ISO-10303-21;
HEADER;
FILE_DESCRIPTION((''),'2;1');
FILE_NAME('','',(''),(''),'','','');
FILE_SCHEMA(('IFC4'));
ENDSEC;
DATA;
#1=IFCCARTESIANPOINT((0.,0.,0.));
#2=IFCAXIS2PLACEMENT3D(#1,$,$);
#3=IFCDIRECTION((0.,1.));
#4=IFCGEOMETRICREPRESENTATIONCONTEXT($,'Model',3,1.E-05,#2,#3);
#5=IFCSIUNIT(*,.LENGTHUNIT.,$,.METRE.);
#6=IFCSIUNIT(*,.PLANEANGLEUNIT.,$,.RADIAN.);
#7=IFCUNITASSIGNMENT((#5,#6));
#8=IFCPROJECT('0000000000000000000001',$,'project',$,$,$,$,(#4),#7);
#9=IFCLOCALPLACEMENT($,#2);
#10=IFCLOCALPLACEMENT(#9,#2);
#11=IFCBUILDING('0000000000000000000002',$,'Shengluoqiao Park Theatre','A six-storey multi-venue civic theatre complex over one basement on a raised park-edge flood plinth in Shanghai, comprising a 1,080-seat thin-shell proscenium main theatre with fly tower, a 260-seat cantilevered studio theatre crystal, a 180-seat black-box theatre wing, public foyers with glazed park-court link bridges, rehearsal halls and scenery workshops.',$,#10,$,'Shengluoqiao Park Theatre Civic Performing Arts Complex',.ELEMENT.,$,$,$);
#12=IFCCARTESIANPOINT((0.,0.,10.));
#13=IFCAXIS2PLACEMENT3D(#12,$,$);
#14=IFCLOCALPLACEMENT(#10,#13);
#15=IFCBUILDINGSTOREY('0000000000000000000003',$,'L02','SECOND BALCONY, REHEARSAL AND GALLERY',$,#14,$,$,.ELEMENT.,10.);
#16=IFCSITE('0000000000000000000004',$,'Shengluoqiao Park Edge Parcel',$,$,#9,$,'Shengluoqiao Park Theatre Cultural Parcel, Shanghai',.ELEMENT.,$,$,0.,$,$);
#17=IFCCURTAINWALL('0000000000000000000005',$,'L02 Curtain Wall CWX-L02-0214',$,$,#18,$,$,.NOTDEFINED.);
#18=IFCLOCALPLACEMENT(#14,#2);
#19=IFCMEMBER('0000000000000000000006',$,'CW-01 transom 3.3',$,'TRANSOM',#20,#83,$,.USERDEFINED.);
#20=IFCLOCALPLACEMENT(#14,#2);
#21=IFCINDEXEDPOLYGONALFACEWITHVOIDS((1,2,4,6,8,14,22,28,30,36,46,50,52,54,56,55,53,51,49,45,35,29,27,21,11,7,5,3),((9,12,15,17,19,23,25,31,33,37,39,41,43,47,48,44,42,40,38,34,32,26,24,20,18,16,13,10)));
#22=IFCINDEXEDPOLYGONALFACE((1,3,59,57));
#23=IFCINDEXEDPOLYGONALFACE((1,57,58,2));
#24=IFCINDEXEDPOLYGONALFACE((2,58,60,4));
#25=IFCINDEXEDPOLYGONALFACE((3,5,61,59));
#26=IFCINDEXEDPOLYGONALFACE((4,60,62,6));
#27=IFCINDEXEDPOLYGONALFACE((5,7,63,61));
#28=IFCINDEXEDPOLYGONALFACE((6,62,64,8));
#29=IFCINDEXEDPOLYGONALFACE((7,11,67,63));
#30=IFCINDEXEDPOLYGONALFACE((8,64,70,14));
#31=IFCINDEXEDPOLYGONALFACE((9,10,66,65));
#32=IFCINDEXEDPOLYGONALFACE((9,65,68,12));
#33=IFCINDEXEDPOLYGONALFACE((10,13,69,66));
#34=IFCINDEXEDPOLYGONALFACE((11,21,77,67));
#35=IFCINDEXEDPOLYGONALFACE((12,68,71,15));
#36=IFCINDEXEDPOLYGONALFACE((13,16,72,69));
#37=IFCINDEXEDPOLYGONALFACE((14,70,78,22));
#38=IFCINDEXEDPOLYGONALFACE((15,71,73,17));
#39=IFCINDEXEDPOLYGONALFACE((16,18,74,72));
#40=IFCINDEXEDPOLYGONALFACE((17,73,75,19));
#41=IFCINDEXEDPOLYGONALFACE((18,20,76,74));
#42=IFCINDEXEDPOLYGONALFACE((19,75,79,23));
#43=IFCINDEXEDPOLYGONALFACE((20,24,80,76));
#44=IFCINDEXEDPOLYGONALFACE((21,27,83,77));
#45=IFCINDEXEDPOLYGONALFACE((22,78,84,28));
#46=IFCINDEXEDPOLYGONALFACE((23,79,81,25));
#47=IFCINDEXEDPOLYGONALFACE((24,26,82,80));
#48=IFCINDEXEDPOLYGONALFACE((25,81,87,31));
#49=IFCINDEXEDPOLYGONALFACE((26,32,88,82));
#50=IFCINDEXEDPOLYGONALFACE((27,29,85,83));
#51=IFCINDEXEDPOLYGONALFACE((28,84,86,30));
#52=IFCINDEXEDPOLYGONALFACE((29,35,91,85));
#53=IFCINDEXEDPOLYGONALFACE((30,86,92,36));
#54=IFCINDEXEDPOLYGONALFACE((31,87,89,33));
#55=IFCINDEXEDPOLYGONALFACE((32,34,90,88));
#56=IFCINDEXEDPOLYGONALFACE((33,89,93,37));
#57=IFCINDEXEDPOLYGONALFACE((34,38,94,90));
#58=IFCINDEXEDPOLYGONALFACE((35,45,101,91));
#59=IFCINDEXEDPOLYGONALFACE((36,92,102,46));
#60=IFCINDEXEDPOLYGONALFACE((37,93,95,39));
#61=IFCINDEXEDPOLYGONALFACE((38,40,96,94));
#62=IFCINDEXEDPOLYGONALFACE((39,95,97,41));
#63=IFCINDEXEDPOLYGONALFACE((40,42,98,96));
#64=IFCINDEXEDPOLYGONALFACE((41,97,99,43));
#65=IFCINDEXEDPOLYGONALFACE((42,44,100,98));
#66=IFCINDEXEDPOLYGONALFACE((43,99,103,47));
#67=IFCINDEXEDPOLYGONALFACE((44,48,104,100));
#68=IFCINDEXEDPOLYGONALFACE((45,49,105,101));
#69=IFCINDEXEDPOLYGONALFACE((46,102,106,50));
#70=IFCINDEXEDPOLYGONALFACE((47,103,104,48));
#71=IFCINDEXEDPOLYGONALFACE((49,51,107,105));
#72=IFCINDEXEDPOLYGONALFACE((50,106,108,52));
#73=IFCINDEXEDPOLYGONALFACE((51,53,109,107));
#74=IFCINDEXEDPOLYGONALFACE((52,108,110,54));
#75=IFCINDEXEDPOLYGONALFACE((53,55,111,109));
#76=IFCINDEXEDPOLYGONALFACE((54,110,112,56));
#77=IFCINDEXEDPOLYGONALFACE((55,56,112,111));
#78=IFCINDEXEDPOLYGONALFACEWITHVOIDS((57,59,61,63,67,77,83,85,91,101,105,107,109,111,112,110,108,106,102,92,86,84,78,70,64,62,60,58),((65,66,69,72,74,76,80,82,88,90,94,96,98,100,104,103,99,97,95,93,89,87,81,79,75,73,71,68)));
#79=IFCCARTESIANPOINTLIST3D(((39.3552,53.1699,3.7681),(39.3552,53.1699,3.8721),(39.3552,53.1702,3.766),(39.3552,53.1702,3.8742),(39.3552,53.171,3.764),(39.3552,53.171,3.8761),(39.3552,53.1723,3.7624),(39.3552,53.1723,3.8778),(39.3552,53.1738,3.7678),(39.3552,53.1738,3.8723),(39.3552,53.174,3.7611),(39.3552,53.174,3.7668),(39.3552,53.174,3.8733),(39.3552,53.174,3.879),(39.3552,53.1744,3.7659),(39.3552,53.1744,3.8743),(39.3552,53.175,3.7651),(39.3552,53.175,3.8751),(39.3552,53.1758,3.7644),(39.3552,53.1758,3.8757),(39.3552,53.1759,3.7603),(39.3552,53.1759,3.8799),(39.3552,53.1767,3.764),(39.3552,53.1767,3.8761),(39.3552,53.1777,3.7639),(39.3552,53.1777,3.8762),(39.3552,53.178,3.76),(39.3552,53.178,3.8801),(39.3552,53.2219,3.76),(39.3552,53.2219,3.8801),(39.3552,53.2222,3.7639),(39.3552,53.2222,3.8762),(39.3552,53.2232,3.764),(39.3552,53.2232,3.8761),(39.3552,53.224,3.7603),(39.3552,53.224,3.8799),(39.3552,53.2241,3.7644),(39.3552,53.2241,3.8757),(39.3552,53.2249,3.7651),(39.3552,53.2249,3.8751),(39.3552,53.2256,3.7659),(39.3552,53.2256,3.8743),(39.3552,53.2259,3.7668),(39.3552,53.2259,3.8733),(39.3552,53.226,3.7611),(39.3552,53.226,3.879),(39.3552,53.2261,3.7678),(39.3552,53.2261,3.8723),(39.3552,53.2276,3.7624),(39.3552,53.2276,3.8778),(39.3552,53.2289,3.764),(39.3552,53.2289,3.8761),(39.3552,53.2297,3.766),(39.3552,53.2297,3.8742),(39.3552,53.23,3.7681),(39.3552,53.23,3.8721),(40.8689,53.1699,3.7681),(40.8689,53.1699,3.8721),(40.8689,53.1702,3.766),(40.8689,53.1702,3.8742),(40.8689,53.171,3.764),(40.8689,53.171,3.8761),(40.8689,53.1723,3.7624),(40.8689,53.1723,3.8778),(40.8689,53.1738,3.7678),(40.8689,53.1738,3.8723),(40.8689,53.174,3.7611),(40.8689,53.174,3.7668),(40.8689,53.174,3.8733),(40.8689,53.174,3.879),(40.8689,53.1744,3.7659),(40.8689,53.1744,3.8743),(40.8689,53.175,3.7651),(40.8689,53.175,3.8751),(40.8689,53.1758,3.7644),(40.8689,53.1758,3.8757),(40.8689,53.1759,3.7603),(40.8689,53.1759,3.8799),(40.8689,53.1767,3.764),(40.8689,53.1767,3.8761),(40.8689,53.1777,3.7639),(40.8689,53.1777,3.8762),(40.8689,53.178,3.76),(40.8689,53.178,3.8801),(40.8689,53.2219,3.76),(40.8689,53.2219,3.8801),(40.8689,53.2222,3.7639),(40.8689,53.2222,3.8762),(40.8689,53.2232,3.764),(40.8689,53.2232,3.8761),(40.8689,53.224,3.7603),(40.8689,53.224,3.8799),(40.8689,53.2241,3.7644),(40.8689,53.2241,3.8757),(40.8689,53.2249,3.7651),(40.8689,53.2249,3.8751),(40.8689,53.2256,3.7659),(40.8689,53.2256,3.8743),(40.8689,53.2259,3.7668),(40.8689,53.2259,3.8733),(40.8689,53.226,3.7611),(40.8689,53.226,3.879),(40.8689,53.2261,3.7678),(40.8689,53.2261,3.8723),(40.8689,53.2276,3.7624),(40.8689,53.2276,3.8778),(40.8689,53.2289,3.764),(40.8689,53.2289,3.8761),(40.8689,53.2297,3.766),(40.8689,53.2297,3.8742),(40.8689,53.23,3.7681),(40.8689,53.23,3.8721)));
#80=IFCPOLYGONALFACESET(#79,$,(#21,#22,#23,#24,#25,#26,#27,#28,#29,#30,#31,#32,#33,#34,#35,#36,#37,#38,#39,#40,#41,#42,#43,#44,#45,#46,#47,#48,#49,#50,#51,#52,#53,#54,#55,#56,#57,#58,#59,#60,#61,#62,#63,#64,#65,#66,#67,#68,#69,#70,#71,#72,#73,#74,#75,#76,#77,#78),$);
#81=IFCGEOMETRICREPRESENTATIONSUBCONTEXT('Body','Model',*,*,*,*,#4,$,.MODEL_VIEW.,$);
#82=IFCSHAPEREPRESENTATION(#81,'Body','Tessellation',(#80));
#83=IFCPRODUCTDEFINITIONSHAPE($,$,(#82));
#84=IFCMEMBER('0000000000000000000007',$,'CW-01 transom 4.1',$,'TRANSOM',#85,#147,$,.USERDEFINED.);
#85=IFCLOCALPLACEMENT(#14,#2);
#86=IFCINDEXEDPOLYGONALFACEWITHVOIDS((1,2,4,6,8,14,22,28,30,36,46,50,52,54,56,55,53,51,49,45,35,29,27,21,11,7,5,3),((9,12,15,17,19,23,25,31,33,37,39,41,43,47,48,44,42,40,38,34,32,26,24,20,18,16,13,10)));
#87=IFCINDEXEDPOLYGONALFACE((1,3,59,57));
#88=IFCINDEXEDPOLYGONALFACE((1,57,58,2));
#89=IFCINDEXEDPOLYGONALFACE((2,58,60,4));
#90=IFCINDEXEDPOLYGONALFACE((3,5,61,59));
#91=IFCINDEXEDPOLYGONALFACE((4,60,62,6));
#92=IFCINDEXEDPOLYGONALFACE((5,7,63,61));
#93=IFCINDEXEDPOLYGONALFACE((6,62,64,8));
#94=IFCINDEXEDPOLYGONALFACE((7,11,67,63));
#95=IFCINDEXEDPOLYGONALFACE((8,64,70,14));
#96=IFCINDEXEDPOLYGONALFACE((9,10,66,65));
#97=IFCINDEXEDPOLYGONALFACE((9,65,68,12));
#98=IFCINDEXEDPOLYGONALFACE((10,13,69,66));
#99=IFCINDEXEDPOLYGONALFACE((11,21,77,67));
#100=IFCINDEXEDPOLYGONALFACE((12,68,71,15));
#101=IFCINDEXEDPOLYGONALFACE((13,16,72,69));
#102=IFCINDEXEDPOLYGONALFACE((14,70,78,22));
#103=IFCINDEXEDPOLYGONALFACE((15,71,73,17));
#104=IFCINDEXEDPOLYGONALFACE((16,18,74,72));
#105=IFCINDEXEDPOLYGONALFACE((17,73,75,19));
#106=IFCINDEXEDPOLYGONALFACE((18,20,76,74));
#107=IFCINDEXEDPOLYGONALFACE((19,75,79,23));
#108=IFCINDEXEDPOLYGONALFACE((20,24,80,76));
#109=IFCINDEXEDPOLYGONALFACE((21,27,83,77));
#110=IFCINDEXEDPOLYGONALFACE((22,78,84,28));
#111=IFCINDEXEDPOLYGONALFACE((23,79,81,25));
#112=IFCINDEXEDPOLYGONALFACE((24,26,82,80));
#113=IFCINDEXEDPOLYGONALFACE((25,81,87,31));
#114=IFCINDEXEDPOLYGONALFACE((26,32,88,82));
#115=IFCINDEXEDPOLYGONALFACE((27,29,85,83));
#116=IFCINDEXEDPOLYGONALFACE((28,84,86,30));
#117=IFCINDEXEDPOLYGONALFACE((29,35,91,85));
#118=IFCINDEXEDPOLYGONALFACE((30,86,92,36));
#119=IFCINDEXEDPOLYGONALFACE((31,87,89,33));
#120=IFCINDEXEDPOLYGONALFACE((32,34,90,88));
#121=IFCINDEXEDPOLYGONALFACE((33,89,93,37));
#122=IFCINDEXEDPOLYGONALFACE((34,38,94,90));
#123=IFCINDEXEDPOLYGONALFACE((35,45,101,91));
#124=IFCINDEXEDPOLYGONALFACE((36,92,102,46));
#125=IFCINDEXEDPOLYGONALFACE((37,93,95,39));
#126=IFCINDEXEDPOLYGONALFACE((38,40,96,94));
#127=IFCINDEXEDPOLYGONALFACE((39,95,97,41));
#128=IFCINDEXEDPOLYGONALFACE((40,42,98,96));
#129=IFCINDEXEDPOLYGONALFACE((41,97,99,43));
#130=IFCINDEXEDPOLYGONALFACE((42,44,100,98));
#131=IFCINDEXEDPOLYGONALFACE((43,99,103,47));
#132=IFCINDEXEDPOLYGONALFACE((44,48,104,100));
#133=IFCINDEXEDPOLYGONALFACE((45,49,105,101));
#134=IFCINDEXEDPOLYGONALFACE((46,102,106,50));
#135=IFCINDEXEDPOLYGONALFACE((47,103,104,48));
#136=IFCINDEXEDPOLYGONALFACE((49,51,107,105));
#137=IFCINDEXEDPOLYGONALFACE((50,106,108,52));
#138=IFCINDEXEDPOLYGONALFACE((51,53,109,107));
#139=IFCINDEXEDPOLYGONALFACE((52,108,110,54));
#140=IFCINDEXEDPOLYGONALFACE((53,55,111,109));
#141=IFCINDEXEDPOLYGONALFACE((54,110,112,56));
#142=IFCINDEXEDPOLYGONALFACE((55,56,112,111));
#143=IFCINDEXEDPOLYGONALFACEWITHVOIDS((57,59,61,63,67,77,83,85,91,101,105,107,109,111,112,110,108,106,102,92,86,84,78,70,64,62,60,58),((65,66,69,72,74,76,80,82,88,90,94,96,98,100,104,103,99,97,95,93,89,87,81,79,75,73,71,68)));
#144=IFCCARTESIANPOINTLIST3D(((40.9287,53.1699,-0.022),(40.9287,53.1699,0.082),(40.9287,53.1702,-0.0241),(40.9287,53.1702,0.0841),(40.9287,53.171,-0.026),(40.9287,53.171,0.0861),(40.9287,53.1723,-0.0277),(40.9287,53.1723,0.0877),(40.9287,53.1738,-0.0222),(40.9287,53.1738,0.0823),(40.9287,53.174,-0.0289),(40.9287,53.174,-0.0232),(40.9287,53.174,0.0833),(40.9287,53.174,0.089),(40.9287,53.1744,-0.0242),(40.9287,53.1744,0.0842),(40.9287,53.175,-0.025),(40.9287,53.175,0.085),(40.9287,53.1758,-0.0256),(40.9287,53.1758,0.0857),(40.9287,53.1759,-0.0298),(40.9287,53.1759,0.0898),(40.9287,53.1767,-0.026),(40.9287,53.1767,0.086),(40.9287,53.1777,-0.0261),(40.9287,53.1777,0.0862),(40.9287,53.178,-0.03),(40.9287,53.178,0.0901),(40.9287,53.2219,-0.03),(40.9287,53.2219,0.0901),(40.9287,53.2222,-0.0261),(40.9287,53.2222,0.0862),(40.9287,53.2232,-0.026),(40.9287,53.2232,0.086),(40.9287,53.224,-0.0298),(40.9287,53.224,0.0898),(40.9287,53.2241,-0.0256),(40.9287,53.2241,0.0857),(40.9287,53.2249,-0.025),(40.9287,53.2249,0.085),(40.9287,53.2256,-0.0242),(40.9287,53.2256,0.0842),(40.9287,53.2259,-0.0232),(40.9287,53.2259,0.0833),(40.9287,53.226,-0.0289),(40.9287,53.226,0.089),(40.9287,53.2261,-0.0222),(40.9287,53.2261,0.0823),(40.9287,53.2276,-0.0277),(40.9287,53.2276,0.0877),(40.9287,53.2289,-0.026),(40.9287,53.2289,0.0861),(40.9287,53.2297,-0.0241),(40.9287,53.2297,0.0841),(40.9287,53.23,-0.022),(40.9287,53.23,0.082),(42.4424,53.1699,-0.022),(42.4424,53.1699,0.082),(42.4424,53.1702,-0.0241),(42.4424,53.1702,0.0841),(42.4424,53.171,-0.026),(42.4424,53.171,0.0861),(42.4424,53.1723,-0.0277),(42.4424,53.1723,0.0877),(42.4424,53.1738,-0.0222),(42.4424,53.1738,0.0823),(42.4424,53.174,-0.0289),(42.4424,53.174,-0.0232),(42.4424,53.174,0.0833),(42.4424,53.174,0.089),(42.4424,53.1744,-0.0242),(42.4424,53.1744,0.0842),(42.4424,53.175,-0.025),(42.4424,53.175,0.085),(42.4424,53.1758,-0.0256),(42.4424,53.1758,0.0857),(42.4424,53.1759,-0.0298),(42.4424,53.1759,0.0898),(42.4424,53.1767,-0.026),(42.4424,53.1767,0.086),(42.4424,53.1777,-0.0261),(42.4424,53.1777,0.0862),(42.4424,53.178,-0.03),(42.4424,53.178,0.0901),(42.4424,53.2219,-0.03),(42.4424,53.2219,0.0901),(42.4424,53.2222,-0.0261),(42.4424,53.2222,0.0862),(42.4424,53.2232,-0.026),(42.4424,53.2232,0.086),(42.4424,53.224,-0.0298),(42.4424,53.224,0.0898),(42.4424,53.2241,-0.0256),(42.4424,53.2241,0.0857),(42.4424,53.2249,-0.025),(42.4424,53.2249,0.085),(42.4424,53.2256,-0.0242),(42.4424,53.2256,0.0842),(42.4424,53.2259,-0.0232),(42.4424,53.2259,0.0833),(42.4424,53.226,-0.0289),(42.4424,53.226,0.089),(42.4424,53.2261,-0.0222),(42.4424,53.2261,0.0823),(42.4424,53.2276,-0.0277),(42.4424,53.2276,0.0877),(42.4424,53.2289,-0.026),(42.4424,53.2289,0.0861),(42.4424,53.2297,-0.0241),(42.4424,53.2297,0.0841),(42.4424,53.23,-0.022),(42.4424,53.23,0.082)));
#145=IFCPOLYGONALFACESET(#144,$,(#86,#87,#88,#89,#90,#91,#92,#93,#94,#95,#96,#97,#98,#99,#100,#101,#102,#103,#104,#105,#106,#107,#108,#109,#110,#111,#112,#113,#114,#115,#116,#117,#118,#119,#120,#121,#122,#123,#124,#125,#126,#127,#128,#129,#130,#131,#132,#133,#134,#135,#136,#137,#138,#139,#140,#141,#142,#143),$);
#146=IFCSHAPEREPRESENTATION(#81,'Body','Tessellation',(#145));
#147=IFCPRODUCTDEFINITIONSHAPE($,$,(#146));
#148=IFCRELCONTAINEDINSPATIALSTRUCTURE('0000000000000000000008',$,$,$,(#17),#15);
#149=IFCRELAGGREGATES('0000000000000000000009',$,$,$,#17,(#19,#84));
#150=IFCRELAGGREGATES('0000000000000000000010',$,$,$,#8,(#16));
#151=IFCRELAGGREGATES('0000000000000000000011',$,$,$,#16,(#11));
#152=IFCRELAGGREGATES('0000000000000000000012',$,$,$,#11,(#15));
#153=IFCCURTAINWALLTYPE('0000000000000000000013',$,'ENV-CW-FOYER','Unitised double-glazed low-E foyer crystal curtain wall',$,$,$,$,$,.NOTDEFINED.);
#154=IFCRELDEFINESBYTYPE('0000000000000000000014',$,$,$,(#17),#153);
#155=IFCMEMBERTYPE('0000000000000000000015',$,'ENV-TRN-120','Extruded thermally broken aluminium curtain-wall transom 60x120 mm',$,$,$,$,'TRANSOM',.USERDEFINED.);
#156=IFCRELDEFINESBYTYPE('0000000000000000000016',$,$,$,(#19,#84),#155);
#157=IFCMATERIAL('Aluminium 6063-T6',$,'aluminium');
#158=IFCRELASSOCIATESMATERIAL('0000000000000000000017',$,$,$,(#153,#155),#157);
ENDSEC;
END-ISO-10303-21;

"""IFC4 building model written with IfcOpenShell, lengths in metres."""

from ifc_helpers import new_model, si_unit, direction, frame, origin, origin_2d, place, context, subcontext, project, spatial, hollow_rectangle, extrude, material, material_profile, profile_set, type_object, element, aggregate, save


model = new_model("IFC4")

# Units and contexts
model_context = context("Model", 3, precision=1e-05, world=origin(), true_north=direction((0.0, 1.0)))
body_context = subcontext(model_context, "Body", "Model", "MODEL_VIEW")
ifc_project = project(units=[si_unit("LENGTHUNIT", "METRE"), si_unit("PLANEANGLEUNIT", "RADIAN")], contexts=[model_context])

# Site, building, storey
site_placement = place(None, origin())
site = spatial("IfcSite", under=ifc_project, at=site_placement, Name="Shengluoqiao Park Edge Parcel", LongName="Shengluoqiao Park Theatre Cultural Parcel, Shanghai", CompositionType="ELEMENT", RefElevation=0.0)
building_placement = place(site_placement, origin())
building = spatial("IfcBuilding", under=site, at=building_placement, Name="Shengluoqiao Park Theatre", Description="A six-storey multi-venue civic theatre complex over one basement on a raised park-edge flood plinth in Shanghai, comprising a 1,080-seat thin-shell proscenium main theatre with fly tower, a 260-seat cantilevered studio theatre crystal, a 180-seat black-box theatre wing, public foyers with glazed park-court link bridges, rehearsal halls and scenery workshops.", LongName="Shengluoqiao Park Theatre Civic Performing Arts Complex", CompositionType="ELEMENT")
storey_placement = place(building_placement, frame((0.0, 0.0, 10.0)))
storey = spatial("IfcBuildingStorey", under=building, at=storey_placement, Name="L02", Description="SECOND BALCONY, REHEARSAL AND GALLERY", CompositionType="ELEMENT", Elevation=10.0)

# Curtain wall, members
ifc_material_1 = material(Name="Aluminium 6063-T6", Category="aluminium")
curtain_wall_type = type_object("IfcCurtainWallType", Name="ENV-CW-FOYER", Description="Unitised double-glazed low-E foyer crystal curtain wall", PredefinedType="NOTDEFINED", material=ifc_material_1)
curtain_wall_placement = place(storey_placement, origin())
curtain_wall = element("IfcCurtainWall", 1, at=curtain_wall_placement, inside=storey, type_object=curtain_wall_type, Name="L02 Curtain Wall CWX-L02-0214", PredefinedType="NOTDEFINED")
ifc_material_profile_1 = material_profile(ifc_material_1, hollow_rectangle(XDim=0.0601, YDim=0.1201, WallThickness=0.0039, InnerFilletRadius=0.0039, OuterFilletRadius=0.0081, at=origin_2d()), Name="ALU TRANSOM 120x60x4")
ifc_profile_set_1 = profile_set([ifc_material_profile_1], Name="Aluminium 6063-T6")
member_type_1 = type_object("IfcMemberType", Name="ENV-TRN-120", Description="Extruded thermally broken aluminium curtain-wall transom 60x120 mm", ElementType="TRANSOM", PredefinedType="USERDEFINED", material=ifc_profile_set_1)
member_1_placement = place(storey_placement, frame((39.3552, 53.2, 3.8201), z_axis=(1.0, 0.0, 0.0), x_axis=(0.0, 1.0, 0.0)))
member_1 = element("IfcMember", 2, at=member_1_placement, type_object=member_type_1, Name="CW-01 transom 3.3", ObjectType="TRANSOM", PredefinedType="USERDEFINED", context=body_context, shape_type="SweptSolid", body=[
    extrude(hollow_rectangle(XDim=0.0601, YDim=0.1201, WallThickness=0.0039, InnerFilletRadius=0.0039, OuterFilletRadius=0.0081, at=origin_2d()), origin(), (0.0, 0.0, 1.0), 1.5137),
])
member_2_placement = place(storey_placement, frame((40.9287, 53.2, 0.03), z_axis=(1.0, 0.0, 0.0), x_axis=(0.0, 1.0, 0.0)))
member_2 = element("IfcMember", 3, at=member_2_placement, type_object=member_type_1, Name="CW-01 transom 4.1", ObjectType="TRANSOM", PredefinedType="USERDEFINED", context=body_context, shape_type="SweptSolid", body=[
    extrude(hollow_rectangle(XDim=0.0601, YDim=0.1201, WallThickness=0.0039, InnerFilletRadius=0.0039, OuterFilletRadius=0.0081, at=origin_2d()), origin(), (0.0, 0.0, 1.0), 1.5137),
])

aggregate(curtain_wall, [member_1, member_2])

save(model, "model.ifc")
